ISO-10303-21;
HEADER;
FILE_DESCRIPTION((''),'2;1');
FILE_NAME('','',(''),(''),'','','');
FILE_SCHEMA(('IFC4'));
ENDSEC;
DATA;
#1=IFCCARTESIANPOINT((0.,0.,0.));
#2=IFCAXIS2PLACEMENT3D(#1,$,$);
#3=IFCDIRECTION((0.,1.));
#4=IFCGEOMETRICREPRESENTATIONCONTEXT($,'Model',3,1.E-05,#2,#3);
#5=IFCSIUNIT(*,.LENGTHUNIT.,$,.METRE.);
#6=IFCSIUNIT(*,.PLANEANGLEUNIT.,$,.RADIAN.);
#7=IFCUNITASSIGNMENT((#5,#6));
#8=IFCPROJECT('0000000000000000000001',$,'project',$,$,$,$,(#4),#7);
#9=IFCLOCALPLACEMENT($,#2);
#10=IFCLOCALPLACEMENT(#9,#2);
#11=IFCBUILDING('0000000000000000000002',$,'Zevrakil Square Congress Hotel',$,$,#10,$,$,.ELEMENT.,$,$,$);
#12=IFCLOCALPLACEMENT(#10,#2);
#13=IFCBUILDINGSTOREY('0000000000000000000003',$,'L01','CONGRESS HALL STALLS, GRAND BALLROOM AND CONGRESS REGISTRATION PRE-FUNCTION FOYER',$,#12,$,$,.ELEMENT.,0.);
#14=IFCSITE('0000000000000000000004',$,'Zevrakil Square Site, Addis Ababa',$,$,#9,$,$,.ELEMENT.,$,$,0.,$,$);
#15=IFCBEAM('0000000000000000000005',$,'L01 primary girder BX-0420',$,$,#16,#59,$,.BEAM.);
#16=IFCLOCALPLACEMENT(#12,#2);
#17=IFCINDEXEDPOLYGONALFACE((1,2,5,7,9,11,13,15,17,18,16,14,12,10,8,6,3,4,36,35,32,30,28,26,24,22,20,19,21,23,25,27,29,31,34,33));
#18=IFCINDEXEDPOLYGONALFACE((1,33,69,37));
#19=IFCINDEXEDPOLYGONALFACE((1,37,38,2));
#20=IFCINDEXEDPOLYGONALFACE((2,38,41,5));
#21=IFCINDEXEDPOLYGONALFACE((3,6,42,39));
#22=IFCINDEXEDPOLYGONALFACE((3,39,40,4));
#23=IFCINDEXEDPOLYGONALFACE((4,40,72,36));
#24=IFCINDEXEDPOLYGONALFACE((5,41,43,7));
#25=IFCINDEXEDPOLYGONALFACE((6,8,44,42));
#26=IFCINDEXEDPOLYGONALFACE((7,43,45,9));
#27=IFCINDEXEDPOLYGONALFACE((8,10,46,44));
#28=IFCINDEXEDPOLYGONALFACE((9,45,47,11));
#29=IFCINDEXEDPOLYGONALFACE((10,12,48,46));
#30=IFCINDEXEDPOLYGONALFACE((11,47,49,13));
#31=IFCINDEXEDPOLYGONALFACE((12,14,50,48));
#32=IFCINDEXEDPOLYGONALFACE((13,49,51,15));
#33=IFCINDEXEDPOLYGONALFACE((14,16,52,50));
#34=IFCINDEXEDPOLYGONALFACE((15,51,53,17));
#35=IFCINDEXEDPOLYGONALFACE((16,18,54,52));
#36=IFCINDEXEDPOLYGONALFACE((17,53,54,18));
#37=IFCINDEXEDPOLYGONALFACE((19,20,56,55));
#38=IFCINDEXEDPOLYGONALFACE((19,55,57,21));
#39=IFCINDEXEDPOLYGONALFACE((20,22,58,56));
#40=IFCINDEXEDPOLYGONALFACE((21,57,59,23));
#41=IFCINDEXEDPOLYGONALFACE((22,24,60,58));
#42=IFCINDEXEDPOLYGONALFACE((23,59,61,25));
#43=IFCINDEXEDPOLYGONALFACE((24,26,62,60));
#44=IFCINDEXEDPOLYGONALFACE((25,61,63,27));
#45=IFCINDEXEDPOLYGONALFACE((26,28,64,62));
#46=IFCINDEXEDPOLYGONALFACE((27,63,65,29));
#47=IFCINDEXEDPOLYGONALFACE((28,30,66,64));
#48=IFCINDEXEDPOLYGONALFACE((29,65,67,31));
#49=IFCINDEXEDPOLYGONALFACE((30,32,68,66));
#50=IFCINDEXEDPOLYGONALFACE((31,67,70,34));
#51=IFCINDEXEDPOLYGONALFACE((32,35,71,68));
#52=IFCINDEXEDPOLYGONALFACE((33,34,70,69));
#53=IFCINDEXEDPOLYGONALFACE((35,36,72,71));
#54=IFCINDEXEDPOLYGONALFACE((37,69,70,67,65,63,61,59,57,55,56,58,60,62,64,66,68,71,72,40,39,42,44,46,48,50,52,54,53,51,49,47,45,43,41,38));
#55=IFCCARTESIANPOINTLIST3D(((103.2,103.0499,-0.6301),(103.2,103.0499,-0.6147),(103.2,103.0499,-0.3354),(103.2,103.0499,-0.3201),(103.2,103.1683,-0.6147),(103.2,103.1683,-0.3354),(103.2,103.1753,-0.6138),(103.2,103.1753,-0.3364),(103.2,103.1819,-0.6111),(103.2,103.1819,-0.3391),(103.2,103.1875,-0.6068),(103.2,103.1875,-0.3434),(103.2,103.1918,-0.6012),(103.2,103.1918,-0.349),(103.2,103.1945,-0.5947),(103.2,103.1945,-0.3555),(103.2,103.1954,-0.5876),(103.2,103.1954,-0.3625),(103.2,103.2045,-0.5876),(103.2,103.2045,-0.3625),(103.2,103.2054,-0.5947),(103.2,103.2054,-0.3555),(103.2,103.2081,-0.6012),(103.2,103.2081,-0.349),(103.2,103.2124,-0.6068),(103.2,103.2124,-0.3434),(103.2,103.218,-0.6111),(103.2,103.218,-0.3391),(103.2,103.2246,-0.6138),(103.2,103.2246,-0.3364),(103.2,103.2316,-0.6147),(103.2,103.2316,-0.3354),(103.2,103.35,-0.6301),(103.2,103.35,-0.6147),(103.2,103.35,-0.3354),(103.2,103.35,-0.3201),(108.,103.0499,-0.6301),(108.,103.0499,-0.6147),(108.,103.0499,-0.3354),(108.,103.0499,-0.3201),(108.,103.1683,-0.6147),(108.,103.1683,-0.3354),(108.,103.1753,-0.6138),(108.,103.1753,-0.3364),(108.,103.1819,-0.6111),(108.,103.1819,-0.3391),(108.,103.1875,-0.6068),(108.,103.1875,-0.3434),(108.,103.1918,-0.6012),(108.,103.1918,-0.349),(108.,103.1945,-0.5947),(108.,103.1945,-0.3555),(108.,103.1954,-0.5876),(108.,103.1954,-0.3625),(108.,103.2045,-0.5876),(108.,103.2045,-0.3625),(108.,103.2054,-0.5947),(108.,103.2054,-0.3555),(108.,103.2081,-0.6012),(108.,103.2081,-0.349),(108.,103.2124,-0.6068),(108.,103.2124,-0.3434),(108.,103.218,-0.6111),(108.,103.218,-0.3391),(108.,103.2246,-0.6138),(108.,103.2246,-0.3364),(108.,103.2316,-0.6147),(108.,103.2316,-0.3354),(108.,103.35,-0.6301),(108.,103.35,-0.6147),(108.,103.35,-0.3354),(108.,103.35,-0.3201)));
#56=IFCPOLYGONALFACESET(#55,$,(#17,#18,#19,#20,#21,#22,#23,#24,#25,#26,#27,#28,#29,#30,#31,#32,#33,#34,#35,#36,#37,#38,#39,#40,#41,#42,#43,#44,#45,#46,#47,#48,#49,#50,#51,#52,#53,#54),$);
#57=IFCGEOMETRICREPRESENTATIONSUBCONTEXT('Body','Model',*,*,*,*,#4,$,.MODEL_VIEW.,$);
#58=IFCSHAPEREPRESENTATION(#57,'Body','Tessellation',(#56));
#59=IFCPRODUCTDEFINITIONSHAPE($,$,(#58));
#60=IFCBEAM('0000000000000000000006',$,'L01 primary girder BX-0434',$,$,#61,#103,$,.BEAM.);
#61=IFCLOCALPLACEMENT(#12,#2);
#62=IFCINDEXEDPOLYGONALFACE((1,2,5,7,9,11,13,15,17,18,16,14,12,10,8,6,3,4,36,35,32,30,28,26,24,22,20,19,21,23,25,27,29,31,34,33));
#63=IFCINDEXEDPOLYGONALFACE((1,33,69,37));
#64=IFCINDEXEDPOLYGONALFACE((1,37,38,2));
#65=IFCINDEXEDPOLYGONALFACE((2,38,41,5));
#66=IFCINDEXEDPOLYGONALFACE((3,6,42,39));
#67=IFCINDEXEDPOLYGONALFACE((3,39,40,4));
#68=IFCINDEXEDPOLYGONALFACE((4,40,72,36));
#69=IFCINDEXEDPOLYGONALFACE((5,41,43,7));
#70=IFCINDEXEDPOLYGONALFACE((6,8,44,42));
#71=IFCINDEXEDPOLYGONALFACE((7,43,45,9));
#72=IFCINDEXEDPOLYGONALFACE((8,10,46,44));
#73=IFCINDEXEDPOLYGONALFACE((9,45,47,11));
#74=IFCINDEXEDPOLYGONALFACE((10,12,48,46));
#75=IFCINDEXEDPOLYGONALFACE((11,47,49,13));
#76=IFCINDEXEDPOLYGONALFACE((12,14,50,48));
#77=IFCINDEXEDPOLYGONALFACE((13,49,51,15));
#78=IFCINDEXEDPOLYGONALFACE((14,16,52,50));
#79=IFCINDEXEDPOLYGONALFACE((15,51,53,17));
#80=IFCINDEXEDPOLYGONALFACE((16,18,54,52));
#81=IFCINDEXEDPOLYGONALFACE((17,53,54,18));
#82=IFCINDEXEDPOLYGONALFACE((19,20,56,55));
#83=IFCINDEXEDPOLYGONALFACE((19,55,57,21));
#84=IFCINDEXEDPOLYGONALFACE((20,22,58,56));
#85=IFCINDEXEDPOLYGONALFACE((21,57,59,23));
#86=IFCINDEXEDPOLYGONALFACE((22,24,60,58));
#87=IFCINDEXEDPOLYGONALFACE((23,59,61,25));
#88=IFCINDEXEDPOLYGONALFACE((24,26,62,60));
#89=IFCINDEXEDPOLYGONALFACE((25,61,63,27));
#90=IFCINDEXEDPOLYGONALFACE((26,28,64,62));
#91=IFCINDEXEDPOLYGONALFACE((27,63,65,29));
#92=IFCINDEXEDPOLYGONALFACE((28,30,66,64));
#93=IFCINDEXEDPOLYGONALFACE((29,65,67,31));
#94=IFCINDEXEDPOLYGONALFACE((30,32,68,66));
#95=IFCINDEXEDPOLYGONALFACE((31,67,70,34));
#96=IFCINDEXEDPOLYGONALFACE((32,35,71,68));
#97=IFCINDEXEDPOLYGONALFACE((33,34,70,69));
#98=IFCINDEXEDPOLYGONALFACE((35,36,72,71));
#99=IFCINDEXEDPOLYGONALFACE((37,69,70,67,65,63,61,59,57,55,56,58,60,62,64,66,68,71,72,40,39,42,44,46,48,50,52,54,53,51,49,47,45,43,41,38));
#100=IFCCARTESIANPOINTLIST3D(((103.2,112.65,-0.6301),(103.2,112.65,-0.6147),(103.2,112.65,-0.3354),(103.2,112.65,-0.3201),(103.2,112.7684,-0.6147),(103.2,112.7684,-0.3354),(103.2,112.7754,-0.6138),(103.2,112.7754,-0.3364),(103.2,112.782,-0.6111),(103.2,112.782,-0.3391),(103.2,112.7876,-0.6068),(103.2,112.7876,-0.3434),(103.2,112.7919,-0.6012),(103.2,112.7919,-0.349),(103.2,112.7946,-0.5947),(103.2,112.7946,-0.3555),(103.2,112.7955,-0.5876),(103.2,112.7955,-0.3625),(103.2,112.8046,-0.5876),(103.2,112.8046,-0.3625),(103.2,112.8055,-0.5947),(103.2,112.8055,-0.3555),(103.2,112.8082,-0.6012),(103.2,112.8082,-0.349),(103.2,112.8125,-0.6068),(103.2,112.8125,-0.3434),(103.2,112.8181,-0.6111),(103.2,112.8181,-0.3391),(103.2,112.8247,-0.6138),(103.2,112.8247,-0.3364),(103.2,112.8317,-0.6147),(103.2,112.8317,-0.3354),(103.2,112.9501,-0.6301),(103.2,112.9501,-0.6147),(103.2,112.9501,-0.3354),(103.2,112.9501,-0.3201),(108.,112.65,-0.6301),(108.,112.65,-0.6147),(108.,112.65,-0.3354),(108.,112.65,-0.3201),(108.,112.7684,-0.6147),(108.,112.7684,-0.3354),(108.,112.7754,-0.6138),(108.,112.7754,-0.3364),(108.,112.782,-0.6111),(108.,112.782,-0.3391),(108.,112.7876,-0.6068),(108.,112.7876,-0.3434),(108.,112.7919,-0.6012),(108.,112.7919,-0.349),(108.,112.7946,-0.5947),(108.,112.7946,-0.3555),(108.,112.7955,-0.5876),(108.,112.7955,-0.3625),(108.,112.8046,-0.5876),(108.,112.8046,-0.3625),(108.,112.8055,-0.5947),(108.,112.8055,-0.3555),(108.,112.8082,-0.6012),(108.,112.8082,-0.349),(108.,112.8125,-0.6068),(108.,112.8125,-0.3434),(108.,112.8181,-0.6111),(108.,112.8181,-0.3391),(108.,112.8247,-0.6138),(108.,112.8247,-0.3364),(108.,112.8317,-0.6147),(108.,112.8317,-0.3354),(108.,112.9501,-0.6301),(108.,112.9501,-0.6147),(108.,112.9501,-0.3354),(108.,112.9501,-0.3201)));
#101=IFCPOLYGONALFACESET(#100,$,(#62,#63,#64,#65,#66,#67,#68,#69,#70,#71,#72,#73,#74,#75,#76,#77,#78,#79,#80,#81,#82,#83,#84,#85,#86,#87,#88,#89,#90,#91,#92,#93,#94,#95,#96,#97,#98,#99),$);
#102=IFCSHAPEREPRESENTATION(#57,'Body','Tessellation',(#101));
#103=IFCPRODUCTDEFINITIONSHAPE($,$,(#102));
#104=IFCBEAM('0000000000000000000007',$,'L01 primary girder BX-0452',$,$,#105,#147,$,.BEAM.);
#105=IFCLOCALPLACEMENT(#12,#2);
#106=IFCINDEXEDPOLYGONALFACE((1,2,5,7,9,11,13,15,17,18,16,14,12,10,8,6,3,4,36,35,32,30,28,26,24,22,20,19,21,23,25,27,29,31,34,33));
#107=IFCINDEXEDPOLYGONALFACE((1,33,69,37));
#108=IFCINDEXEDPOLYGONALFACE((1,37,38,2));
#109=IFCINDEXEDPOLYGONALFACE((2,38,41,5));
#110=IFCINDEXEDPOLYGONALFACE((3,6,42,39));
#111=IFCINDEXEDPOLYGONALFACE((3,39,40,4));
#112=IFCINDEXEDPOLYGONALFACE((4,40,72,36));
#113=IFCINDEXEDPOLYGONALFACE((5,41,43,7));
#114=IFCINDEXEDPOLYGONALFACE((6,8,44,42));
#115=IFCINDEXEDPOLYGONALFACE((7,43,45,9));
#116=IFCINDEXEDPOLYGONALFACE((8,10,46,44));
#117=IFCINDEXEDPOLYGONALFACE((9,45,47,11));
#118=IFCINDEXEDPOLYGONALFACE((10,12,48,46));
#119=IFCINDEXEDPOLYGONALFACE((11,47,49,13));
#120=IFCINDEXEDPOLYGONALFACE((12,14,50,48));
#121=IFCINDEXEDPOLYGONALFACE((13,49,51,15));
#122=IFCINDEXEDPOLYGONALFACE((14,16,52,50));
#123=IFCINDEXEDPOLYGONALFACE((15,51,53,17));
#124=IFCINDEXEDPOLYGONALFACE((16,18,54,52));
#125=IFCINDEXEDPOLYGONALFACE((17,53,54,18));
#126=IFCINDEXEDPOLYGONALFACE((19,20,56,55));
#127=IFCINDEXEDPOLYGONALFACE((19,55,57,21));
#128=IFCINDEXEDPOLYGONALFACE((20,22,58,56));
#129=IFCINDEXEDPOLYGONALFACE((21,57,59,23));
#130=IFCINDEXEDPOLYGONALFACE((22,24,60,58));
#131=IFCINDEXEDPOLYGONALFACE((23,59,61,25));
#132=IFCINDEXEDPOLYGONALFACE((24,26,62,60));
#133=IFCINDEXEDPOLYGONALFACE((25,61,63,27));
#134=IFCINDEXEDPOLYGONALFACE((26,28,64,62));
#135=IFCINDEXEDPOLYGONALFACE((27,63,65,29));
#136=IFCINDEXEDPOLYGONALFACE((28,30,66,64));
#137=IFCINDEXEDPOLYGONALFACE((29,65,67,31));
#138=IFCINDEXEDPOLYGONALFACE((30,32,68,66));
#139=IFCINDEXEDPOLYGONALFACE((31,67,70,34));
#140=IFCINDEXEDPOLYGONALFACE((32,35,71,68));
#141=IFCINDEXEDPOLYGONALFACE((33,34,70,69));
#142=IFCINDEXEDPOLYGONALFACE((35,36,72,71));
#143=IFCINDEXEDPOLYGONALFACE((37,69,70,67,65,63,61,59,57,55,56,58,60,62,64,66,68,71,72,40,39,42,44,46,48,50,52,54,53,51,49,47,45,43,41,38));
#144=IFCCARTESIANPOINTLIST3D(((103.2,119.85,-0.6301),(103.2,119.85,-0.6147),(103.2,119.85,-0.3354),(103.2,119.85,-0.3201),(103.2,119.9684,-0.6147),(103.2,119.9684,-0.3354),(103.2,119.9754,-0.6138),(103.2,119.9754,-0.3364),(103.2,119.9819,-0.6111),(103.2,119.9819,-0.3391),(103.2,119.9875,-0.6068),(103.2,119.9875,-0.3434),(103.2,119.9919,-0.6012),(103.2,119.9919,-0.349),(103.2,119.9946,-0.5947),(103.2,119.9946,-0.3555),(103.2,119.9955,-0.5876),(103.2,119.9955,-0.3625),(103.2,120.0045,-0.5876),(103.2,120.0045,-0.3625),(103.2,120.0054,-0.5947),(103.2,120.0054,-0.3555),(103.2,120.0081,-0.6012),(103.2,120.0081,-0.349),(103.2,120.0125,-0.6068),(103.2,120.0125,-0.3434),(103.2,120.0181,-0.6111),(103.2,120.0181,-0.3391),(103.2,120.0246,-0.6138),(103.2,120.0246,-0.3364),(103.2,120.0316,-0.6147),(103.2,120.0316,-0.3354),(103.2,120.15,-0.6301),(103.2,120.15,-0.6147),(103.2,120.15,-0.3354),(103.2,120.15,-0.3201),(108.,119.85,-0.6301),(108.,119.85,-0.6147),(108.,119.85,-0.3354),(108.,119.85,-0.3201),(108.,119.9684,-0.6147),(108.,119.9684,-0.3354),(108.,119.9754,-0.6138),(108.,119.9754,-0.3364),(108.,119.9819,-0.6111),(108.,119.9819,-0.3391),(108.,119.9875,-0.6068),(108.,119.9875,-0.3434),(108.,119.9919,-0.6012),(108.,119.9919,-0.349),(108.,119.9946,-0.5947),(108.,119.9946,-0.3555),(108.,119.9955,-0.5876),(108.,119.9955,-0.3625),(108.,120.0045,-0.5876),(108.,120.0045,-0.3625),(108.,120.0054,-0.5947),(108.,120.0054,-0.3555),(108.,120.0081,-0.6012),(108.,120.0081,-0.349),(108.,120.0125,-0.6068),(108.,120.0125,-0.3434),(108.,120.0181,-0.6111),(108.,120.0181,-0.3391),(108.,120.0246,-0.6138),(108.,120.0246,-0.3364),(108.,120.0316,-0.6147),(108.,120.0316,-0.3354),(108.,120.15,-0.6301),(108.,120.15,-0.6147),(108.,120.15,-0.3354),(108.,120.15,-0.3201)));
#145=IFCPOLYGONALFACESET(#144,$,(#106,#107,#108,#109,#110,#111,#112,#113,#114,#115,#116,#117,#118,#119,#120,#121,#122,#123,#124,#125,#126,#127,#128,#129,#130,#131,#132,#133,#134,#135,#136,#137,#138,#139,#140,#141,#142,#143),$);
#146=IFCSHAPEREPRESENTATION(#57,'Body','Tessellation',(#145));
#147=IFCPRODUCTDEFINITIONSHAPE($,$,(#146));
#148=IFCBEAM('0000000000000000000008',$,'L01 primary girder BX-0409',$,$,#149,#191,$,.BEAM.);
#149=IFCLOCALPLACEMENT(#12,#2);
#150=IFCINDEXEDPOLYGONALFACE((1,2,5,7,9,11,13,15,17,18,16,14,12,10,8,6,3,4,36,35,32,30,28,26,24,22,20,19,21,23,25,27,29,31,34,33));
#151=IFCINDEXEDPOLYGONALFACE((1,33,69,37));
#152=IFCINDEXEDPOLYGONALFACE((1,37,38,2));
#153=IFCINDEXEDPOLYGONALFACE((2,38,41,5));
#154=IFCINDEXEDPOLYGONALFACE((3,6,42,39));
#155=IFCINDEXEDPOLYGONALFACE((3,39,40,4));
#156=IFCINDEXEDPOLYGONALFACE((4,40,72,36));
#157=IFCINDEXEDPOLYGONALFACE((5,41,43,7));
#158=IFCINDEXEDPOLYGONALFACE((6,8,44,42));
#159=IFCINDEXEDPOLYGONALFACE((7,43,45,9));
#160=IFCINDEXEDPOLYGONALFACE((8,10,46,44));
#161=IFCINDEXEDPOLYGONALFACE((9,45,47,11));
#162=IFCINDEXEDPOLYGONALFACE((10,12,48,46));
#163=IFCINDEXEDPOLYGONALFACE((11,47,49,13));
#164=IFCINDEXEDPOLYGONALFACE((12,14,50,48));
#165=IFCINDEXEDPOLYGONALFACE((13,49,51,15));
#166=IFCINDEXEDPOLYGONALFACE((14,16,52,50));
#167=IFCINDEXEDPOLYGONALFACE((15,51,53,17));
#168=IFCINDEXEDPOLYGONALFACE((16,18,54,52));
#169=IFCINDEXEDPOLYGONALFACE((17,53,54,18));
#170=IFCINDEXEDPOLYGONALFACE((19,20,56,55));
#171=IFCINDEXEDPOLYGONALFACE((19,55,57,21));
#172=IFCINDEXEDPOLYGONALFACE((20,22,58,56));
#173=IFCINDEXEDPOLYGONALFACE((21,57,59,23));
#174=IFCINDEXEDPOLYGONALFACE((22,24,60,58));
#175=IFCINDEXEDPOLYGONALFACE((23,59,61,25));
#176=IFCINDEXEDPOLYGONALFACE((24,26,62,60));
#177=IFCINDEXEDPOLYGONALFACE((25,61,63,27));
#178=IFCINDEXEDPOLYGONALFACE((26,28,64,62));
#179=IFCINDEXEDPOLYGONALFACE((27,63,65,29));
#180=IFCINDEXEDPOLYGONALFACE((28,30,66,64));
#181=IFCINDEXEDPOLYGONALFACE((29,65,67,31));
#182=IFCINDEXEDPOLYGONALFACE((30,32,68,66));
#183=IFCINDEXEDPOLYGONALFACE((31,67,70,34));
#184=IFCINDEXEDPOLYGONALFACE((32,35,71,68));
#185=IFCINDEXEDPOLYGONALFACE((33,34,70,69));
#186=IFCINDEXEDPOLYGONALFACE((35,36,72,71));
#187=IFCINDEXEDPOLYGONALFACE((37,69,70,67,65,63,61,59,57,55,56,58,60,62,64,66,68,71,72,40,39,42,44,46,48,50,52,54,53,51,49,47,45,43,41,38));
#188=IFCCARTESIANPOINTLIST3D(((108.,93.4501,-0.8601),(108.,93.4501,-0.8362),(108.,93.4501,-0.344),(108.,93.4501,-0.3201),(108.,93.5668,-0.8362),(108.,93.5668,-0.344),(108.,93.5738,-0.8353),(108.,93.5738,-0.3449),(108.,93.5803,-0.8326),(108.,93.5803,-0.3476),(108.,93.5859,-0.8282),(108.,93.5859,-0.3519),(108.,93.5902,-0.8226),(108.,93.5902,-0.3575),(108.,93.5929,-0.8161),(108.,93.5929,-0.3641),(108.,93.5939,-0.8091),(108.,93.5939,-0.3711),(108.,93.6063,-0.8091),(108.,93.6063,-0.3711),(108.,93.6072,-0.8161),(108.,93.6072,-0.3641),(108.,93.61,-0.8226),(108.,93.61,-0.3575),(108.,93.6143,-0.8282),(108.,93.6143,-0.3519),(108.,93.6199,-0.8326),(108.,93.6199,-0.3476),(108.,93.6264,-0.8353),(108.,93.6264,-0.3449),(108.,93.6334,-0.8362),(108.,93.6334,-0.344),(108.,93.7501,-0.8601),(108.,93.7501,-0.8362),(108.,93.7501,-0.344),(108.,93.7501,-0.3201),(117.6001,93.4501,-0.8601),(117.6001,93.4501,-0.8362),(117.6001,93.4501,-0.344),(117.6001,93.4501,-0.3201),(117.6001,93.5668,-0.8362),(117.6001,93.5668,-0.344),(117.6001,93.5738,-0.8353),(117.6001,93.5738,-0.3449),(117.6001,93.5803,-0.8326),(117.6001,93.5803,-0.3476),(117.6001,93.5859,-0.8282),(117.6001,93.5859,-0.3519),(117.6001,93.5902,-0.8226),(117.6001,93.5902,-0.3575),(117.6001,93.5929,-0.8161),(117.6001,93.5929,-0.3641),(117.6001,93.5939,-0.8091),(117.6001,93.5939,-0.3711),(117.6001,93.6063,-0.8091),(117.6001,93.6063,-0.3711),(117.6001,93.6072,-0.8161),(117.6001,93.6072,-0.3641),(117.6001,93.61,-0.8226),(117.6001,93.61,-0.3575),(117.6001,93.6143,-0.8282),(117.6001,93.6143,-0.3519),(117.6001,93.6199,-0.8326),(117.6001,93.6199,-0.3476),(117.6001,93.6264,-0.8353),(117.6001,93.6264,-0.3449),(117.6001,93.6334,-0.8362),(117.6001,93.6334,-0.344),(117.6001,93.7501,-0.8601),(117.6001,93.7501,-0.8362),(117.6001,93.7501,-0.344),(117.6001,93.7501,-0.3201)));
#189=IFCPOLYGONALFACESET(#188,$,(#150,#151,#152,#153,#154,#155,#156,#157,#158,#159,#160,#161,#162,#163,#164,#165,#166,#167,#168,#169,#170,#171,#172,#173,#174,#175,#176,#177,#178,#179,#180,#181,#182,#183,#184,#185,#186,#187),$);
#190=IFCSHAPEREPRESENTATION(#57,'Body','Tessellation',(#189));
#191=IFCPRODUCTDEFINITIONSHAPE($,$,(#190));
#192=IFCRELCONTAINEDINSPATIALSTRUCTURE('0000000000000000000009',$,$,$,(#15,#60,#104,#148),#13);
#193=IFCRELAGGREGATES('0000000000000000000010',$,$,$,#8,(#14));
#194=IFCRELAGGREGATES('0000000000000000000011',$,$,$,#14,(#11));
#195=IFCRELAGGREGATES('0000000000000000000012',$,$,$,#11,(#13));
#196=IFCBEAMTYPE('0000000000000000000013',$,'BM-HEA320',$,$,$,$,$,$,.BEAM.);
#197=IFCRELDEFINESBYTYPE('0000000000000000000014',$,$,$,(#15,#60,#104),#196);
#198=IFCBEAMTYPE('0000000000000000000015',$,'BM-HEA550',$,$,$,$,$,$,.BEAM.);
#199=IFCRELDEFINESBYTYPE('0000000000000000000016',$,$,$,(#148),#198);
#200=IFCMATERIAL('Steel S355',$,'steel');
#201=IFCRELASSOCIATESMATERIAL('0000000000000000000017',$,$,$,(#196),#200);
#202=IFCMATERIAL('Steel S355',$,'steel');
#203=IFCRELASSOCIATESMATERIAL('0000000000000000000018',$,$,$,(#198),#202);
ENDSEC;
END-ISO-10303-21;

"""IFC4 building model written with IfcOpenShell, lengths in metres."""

from ifc_helpers import new_model, si_unit, direction, frame, origin, origin_2d, place, context, subcontext, project, spatial, i_section, extrude, material, material_profile, profile_set, type_object, element, save


model = new_model("IFC4")

# Units and contexts
model_context = context("Model", 3, precision=1e-05, world=origin(), true_north=direction((0.0, 1.0)))
body_context = subcontext(model_context, "Body", "Model", "MODEL_VIEW")
ifc_project = project(units=[si_unit("LENGTHUNIT", "METRE"), si_unit("PLANEANGLEUNIT", "RADIAN")], contexts=[model_context])

# Site, building, storey
site_placement = place(None, origin())
site = spatial("IfcSite", under=ifc_project, at=site_placement, Name="Zevrakil Square Site, Addis Ababa", CompositionType="ELEMENT", RefElevation=0.0)
building_placement = place(site_placement, origin())
building = spatial("IfcBuilding", under=site, at=building_placement, Name="Zevrakil Square Congress Hotel", CompositionType="ELEMENT")
storey_placement = place(building_placement, origin())
storey = spatial("IfcBuildingStorey", under=building, at=storey_placement, Name="L01", Description="CONGRESS HALL STALLS, GRAND BALLROOM AND CONGRESS REGISTRATION PRE-FUNCTION FOYER", CompositionType="ELEMENT", Elevation=0.0)

# Beams
ifc_material_1 = material(Name="Steel S355", Category="steel")
ifc_material_profile_1 = material_profile(ifc_material_1, i_section(OverallWidth=0.3, OverallDepth=0.3101, WebThickness=0.009, FlangeThickness=0.0154, FilletRadius=0.0271, at=origin_2d()), Name="HEA 320")
ifc_profile_set_1 = profile_set([ifc_material_profile_1], Name="Steel S355")
beam_type_1 = type_object("IfcBeamType", Name="BM-HEA320", PredefinedType="BEAM", material=ifc_profile_set_1)
for number, where, z_axis, x_axis, name in (
    (1, (103.2, 103.2, -0.4751), (1.0, 0.0, 0.0), (0.0, 1.0, 0.0), "L01 primary girder BX-0420"),
    (2, (103.2, 112.8, -0.4751), (1.0, 0.0, 0.0), (0.0, 1.0, 0.0), "L01 primary girder BX-0434"),
    (3, (103.2, 120.0, -0.4751), (1.0, 0.0, 0.0), (0.0, 1.0, 0.0), "L01 primary girder BX-0452"),
):
    element("IfcBeam", number, at=place(storey_placement, frame(where, z_axis=z_axis, x_axis=x_axis)), inside=storey, type_object=beam_type_1, Name=name, PredefinedType="BEAM", context=body_context, shape_type="SweptSolid", body=[
        extrude(i_section(OverallWidth=0.3, OverallDepth=0.3101, WebThickness=0.009, FlangeThickness=0.0154, FilletRadius=0.0271, at=origin_2d()), origin(), (0.0, 0.0, 1.0), 4.8),
    ])
ifc_material_2 = material(Name="Steel S355", Category="steel")
ifc_material_profile_2 = material_profile(ifc_material_2, i_section(OverallWidth=0.3, OverallDepth=0.54, WebThickness=0.0125, FlangeThickness=0.0239, FilletRadius=0.0271, at=origin_2d()), Name="HEA 550")
ifc_profile_set_2 = profile_set([ifc_material_profile_2], Name="Steel S355")
beam_type_2 = type_object("IfcBeamType", Name="BM-HEA550", PredefinedType="BEAM", material=ifc_profile_set_2)
for number, where, z_axis, x_axis, name in (
    (4, (108.0, 93.6001, -0.5901), (1.0, 0.0, 0.0), (0.0, 1.0, 0.0), "L01 primary girder BX-0409"),
):
    element("IfcBeam", number, at=place(storey_placement, frame(where, z_axis=z_axis, x_axis=x_axis)), inside=storey, type_object=beam_type_2, Name=name, PredefinedType="BEAM", context=body_context, shape_type="SweptSolid", body=[
        extrude(i_section(OverallWidth=0.3, OverallDepth=0.54, WebThickness=0.0125, FlangeThickness=0.0239, FilletRadius=0.0271, at=origin_2d()), origin(), (0.0, 0.0, 1.0), 9.6001),
    ])

save(model, "model.ifc")
